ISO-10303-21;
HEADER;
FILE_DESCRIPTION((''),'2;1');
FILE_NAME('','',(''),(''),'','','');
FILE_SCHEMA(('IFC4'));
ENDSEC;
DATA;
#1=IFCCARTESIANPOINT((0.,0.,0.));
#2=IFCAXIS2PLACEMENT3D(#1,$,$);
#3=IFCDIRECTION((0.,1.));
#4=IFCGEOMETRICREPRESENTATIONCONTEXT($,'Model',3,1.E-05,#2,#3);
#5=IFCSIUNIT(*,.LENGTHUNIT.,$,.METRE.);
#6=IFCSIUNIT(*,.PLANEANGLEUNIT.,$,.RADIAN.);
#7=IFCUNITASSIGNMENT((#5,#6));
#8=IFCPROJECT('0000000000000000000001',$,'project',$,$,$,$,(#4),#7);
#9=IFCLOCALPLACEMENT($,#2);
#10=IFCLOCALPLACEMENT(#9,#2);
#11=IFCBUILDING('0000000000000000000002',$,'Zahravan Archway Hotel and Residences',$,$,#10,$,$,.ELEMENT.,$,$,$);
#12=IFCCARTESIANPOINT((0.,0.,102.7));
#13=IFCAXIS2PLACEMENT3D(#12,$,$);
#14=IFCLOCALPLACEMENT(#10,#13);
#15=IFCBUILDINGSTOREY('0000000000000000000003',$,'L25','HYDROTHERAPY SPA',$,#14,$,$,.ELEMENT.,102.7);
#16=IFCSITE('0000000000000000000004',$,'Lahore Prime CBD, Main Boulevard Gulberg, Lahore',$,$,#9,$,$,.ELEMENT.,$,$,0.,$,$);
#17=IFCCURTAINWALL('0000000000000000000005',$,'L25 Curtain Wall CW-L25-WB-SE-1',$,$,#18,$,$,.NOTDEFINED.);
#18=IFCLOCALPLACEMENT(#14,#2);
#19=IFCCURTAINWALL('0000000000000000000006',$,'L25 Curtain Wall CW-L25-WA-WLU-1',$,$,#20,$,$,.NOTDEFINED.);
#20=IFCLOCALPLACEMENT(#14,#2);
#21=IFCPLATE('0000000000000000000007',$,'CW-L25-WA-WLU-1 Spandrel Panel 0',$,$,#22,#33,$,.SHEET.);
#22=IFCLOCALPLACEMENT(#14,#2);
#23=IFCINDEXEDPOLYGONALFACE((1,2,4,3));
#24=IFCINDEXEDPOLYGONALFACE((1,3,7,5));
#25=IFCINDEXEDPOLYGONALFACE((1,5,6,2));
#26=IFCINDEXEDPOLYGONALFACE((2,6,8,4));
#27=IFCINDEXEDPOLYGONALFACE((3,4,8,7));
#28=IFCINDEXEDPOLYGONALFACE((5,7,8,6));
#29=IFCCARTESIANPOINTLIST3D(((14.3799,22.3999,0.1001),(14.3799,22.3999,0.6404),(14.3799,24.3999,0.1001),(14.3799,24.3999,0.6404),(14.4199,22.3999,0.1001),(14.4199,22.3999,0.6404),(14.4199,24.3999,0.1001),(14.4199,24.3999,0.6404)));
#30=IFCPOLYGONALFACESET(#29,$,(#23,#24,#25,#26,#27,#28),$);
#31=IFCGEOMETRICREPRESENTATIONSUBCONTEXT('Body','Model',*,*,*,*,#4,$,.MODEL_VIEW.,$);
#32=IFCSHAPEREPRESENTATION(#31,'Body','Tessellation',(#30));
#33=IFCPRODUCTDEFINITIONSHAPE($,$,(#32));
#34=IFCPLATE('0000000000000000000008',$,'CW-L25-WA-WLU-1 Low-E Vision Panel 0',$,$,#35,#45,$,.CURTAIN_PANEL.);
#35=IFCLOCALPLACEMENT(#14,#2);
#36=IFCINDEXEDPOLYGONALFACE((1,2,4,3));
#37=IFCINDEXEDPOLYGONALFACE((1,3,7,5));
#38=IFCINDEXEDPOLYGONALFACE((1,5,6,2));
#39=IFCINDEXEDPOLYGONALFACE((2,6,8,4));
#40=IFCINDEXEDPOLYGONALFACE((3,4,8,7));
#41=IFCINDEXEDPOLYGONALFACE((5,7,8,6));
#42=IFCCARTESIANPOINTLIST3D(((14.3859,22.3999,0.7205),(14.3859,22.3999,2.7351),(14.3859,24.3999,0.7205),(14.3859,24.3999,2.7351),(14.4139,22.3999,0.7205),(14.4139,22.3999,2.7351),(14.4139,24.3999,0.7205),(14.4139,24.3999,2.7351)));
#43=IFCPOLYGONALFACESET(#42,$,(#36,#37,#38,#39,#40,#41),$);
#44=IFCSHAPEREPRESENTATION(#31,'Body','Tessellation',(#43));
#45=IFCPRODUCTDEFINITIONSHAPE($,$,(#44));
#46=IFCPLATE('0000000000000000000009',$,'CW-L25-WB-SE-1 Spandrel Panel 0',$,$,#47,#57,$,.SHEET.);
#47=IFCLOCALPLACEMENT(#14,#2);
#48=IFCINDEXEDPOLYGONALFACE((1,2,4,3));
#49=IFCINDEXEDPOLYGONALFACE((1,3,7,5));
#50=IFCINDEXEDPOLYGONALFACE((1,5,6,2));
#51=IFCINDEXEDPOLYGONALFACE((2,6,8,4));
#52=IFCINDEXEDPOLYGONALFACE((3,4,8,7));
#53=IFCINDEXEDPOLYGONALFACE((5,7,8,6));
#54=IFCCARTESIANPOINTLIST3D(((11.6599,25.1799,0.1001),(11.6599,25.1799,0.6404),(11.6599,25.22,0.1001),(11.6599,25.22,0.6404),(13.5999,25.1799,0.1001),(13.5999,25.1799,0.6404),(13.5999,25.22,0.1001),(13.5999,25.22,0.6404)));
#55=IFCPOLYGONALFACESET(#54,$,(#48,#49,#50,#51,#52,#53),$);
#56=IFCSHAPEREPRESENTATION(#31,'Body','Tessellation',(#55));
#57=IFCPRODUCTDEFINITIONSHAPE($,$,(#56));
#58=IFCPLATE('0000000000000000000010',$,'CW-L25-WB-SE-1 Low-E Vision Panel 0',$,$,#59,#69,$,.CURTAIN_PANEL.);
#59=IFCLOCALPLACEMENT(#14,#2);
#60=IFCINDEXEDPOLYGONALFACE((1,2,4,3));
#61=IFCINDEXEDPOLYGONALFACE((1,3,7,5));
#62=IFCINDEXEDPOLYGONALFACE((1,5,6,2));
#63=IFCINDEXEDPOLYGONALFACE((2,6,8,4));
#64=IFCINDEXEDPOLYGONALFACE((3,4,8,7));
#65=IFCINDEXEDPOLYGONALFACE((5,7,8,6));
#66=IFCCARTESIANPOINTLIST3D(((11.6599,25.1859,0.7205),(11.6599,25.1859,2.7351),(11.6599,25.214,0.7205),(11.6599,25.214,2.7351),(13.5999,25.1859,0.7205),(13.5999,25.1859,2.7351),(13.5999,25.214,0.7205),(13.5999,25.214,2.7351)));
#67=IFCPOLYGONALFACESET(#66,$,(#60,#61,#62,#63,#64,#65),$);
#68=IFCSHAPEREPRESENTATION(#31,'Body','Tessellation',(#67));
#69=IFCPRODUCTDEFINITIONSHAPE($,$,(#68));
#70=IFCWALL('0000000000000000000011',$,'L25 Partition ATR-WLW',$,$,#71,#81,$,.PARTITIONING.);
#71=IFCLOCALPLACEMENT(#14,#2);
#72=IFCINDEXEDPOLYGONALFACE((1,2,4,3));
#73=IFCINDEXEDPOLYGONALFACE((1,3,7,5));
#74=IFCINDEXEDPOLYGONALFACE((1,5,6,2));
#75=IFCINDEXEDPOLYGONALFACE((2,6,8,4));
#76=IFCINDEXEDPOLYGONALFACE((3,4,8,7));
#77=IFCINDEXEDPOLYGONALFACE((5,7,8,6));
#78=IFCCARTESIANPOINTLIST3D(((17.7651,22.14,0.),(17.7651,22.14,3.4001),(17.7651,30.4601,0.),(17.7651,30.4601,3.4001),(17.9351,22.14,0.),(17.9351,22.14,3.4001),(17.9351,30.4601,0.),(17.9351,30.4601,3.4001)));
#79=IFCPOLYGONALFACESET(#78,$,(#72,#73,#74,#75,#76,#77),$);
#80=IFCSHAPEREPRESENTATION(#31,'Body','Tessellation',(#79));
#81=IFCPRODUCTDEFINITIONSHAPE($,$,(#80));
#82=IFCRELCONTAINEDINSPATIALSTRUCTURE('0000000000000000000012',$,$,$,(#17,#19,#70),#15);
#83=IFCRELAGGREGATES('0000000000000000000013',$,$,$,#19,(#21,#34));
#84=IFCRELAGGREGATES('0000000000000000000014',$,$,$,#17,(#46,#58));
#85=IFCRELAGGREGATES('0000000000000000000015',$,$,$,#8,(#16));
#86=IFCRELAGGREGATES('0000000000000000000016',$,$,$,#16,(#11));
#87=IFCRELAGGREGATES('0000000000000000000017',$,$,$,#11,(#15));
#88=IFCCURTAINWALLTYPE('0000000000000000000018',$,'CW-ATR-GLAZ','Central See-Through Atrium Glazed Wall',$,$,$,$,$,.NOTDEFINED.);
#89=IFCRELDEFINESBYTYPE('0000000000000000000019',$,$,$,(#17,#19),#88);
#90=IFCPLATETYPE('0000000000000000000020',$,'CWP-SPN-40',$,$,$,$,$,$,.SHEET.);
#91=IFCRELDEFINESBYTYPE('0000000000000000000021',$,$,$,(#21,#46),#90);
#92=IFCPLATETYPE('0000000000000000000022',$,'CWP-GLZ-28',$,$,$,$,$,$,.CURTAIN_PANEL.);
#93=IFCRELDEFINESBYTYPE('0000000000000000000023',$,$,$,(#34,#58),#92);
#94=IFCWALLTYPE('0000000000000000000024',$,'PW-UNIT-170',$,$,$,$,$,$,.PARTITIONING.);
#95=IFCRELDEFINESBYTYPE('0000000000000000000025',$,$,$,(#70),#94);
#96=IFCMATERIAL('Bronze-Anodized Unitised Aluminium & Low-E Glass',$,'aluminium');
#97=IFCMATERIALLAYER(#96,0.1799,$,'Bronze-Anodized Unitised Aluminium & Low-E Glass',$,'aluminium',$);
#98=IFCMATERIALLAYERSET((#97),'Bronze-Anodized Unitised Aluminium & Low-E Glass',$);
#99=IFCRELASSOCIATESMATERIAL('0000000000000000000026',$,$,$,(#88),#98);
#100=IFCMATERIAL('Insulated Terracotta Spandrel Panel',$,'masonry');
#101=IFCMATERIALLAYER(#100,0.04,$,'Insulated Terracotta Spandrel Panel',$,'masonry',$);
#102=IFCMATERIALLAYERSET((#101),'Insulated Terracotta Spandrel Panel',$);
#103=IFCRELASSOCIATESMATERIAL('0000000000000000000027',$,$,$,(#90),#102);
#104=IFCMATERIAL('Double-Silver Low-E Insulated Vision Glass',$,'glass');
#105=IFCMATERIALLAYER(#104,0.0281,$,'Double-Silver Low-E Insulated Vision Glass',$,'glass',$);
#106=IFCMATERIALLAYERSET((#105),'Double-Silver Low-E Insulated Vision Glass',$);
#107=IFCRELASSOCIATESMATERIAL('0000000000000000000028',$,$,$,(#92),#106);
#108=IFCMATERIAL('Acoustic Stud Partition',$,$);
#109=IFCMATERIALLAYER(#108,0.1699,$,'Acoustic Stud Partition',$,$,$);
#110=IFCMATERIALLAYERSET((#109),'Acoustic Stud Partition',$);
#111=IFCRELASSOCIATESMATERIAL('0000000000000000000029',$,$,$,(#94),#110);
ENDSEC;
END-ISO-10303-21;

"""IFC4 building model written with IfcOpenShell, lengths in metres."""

from ifc_helpers import new_model, si_unit, direction, frame, frame_2d, origin, origin_2d, place, context, subcontext, project, spatial, rectangle, extrude, source, transform, mapped, material, layer, layer_set, type_object, element, aggregate, save


model = new_model("IFC4")

# Units and contexts
model_context = context("Model", 3, precision=1e-05, world=origin(), true_north=direction((0.0, 1.0)))
body_context = subcontext(model_context, "Body", "Model", "MODEL_VIEW")
ifc_project = project(units=[si_unit("LENGTHUNIT", "METRE"), si_unit("PLANEANGLEUNIT", "RADIAN")], contexts=[model_context])

# Site, building, storey
site_placement = place(None, origin())
site = spatial("IfcSite", under=ifc_project, at=site_placement, Name="Lahore Prime CBD, Main Boulevard Gulberg, Lahore", CompositionType="ELEMENT", RefElevation=0.0)
building_placement = place(site_placement, origin())
building = spatial("IfcBuilding", under=site, at=building_placement, Name="Zahravan Archway Hotel and Residences", CompositionType="ELEMENT")
storey_placement = place(building_placement, frame((0.0, 0.0, 102.7)))
storey = spatial("IfcBuildingStorey", under=building, at=storey_placement, Name="L25", Description="HYDROTHERAPY SPA", CompositionType="ELEMENT", Elevation=102.7)

# Curtain walls
ifc_material_1 = material(Name="Bronze-Anodized Unitised Aluminium & Low-E Glass", Category="aluminium")
ifc_layer_1 = layer(ifc_material_1, 0.1799, Name="Bronze-Anodized Unitised Aluminium & Low-E Glass", Category="aluminium")
ifc_layer_set_1 = layer_set([ifc_layer_1], Name="Bronze-Anodized Unitised Aluminium & Low-E Glass")
curtain_wall_type = type_object("IfcCurtainWallType", Name="CW-ATR-GLAZ", Description="Central See-Through Atrium Glazed Wall", PredefinedType="NOTDEFINED", material=ifc_layer_set_1)
curtain_wall_1_placement = place(storey_placement, origin())
curtain_wall_1 = element("IfcCurtainWall", 1, at=curtain_wall_1_placement, inside=storey, type_object=curtain_wall_type, Name="L25 Curtain Wall CW-L25-WB-SE-1", PredefinedType="NOTDEFINED")
curtain_wall_2_placement = place(storey_placement, origin())
curtain_wall_2 = element("IfcCurtainWall", 2, at=curtain_wall_2_placement, inside=storey, type_object=curtain_wall_type, Name="L25 Curtain Wall CW-L25-WA-WLU-1", PredefinedType="NOTDEFINED")

# Plates
ifc_material_2 = material(Name="Insulated Terracotta Spandrel Panel", Category="masonry")
ifc_layer_2 = layer(ifc_material_2, 0.04, Name="Insulated Terracotta Spandrel Panel", Category="masonry")
ifc_layer_set_2 = layer_set([ifc_layer_2], Name="Insulated Terracotta Spandrel Panel")
plate_type_1 = type_object("IfcPlateType", Name="CWP-SPN-40", PredefinedType="SHEET", material=ifc_layer_set_2)
shared_shape_1 = source(origin(), body_context, "Body", "SweptSolid", [
    extrude(rectangle(XDim=2.0, YDim=0.04, at=origin_2d()), origin(), (0.0, 0.0, 1.0), 0.5403),
])
plate_1_placement = place(storey_placement, frame((14.3999, 23.3999, 0.1001), z_axis=(0.0, 0.0, 1.0), x_axis=(0.0, 1.0, 0.0)))
plate_1 = element("IfcPlate", 3, at=plate_1_placement, type_object=plate_type_1, Name="CW-L25-WA-WLU-1 Spandrel Panel 0", PredefinedType="SHEET", context=body_context, shape_type="MappedRepresentation", body=[
    mapped(shared_shape_1, transform((0.0, 0.0, 0.0), scale=1.0)),
])
ifc_material_3 = material(Name="Double-Silver Low-E Insulated Vision Glass", Category="glass")
ifc_layer_3 = layer(ifc_material_3, 0.0281, Name="Double-Silver Low-E Insulated Vision Glass", Category="glass")
ifc_layer_set_3 = layer_set([ifc_layer_3], Name="Double-Silver Low-E Insulated Vision Glass")
plate_type_2 = type_object("IfcPlateType", Name="CWP-GLZ-28", PredefinedType="CURTAIN_PANEL", material=ifc_layer_set_3)
shared_shape_2 = source(origin(), body_context, "Body", "SweptSolid", [
    extrude(rectangle(XDim=2.0, YDim=0.0281, at=origin_2d()), origin(), (0.0, 0.0, 1.0), 2.0146),
])
plate_2_placement = place(storey_placement, frame((14.3999, 23.3999, 0.7205), z_axis=(0.0, 0.0, 1.0), x_axis=(0.0, 1.0, 0.0)))
plate_2 = element("IfcPlate", 4, at=plate_2_placement, type_object=plate_type_2, Name="CW-L25-WA-WLU-1 Low-E Vision Panel 0", PredefinedType="CURTAIN_PANEL", context=body_context, shape_type="MappedRepresentation", body=[
    mapped(shared_shape_2, transform((0.0, 0.0, 0.0), scale=1.0)),
])
aggregate(curtain_wall_2, [plate_1, plate_2])
shared_shape_3 = source(origin(), body_context, "Body", "SweptSolid", [
    extrude(rectangle(XDim=1.9399, YDim=0.04, at=origin_2d()), origin(), (0.0, 0.0, 1.0), 0.5403),
])
plate_3_placement = place(storey_placement, frame((12.6299, 25.2, 0.1001), z_axis=(0.0, 0.0, 1.0), x_axis=(1.0, 0.0, 0.0)))
plate_3 = element("IfcPlate", 5, at=plate_3_placement, type_object=plate_type_1, Name="CW-L25-WB-SE-1 Spandrel Panel 0", PredefinedType="SHEET", context=body_context, shape_type="MappedRepresentation", body=[
    mapped(shared_shape_3, transform((0.0, 0.0, 0.0), scale=1.0)),
])
shared_shape_4 = source(origin(), body_context, "Body", "SweptSolid", [
    extrude(rectangle(XDim=1.9399, YDim=0.0281, at=origin_2d()), origin(), (0.0, 0.0, 1.0), 2.0146),
])
plate_4_placement = place(storey_placement, frame((12.6299, 25.2, 0.7205), z_axis=(0.0, 0.0, 1.0), x_axis=(1.0, 0.0, 0.0)))
plate_4 = element("IfcPlate", 6, at=plate_4_placement, type_object=plate_type_2, Name="CW-L25-WB-SE-1 Low-E Vision Panel 0", PredefinedType="CURTAIN_PANEL", context=body_context, shape_type="MappedRepresentation", body=[
    mapped(shared_shape_4, transform((0.0, 0.0, 0.0), scale=1.0)),
])
aggregate(curtain_wall_1, [plate_3, plate_4])

# Wall
ifc_material_4 = material(Name="Acoustic Stud Partition")
ifc_layer_4 = layer(ifc_material_4, 0.1699, Name="Acoustic Stud Partition")
ifc_layer_set_4 = layer_set([ifc_layer_4], Name="Acoustic Stud Partition")
wall_type = type_object("IfcWallType", Name="PW-UNIT-170", PredefinedType="PARTITIONING", material=ifc_layer_set_4)
wall_placement = place(storey_placement, frame((17.8501, 22.1399, 0.0), z_axis=(0.0, 0.0, 1.0), x_axis=(0.0, 1.0, 0.0)))
element("IfcWall", 7, at=wall_placement, inside=storey, type_object=wall_type, Name="L25 Partition ATR-WLW", PredefinedType="PARTITIONING", context=body_context, shape_type="SweptSolid", body=[
    extrude(rectangle(XDim=8.3201, YDim=0.1699, at=frame_2d((4.1602, 0.0))), origin(), (0.0, 0.0, 1.0), 3.4001),
])

save(model, "model.ifc")
